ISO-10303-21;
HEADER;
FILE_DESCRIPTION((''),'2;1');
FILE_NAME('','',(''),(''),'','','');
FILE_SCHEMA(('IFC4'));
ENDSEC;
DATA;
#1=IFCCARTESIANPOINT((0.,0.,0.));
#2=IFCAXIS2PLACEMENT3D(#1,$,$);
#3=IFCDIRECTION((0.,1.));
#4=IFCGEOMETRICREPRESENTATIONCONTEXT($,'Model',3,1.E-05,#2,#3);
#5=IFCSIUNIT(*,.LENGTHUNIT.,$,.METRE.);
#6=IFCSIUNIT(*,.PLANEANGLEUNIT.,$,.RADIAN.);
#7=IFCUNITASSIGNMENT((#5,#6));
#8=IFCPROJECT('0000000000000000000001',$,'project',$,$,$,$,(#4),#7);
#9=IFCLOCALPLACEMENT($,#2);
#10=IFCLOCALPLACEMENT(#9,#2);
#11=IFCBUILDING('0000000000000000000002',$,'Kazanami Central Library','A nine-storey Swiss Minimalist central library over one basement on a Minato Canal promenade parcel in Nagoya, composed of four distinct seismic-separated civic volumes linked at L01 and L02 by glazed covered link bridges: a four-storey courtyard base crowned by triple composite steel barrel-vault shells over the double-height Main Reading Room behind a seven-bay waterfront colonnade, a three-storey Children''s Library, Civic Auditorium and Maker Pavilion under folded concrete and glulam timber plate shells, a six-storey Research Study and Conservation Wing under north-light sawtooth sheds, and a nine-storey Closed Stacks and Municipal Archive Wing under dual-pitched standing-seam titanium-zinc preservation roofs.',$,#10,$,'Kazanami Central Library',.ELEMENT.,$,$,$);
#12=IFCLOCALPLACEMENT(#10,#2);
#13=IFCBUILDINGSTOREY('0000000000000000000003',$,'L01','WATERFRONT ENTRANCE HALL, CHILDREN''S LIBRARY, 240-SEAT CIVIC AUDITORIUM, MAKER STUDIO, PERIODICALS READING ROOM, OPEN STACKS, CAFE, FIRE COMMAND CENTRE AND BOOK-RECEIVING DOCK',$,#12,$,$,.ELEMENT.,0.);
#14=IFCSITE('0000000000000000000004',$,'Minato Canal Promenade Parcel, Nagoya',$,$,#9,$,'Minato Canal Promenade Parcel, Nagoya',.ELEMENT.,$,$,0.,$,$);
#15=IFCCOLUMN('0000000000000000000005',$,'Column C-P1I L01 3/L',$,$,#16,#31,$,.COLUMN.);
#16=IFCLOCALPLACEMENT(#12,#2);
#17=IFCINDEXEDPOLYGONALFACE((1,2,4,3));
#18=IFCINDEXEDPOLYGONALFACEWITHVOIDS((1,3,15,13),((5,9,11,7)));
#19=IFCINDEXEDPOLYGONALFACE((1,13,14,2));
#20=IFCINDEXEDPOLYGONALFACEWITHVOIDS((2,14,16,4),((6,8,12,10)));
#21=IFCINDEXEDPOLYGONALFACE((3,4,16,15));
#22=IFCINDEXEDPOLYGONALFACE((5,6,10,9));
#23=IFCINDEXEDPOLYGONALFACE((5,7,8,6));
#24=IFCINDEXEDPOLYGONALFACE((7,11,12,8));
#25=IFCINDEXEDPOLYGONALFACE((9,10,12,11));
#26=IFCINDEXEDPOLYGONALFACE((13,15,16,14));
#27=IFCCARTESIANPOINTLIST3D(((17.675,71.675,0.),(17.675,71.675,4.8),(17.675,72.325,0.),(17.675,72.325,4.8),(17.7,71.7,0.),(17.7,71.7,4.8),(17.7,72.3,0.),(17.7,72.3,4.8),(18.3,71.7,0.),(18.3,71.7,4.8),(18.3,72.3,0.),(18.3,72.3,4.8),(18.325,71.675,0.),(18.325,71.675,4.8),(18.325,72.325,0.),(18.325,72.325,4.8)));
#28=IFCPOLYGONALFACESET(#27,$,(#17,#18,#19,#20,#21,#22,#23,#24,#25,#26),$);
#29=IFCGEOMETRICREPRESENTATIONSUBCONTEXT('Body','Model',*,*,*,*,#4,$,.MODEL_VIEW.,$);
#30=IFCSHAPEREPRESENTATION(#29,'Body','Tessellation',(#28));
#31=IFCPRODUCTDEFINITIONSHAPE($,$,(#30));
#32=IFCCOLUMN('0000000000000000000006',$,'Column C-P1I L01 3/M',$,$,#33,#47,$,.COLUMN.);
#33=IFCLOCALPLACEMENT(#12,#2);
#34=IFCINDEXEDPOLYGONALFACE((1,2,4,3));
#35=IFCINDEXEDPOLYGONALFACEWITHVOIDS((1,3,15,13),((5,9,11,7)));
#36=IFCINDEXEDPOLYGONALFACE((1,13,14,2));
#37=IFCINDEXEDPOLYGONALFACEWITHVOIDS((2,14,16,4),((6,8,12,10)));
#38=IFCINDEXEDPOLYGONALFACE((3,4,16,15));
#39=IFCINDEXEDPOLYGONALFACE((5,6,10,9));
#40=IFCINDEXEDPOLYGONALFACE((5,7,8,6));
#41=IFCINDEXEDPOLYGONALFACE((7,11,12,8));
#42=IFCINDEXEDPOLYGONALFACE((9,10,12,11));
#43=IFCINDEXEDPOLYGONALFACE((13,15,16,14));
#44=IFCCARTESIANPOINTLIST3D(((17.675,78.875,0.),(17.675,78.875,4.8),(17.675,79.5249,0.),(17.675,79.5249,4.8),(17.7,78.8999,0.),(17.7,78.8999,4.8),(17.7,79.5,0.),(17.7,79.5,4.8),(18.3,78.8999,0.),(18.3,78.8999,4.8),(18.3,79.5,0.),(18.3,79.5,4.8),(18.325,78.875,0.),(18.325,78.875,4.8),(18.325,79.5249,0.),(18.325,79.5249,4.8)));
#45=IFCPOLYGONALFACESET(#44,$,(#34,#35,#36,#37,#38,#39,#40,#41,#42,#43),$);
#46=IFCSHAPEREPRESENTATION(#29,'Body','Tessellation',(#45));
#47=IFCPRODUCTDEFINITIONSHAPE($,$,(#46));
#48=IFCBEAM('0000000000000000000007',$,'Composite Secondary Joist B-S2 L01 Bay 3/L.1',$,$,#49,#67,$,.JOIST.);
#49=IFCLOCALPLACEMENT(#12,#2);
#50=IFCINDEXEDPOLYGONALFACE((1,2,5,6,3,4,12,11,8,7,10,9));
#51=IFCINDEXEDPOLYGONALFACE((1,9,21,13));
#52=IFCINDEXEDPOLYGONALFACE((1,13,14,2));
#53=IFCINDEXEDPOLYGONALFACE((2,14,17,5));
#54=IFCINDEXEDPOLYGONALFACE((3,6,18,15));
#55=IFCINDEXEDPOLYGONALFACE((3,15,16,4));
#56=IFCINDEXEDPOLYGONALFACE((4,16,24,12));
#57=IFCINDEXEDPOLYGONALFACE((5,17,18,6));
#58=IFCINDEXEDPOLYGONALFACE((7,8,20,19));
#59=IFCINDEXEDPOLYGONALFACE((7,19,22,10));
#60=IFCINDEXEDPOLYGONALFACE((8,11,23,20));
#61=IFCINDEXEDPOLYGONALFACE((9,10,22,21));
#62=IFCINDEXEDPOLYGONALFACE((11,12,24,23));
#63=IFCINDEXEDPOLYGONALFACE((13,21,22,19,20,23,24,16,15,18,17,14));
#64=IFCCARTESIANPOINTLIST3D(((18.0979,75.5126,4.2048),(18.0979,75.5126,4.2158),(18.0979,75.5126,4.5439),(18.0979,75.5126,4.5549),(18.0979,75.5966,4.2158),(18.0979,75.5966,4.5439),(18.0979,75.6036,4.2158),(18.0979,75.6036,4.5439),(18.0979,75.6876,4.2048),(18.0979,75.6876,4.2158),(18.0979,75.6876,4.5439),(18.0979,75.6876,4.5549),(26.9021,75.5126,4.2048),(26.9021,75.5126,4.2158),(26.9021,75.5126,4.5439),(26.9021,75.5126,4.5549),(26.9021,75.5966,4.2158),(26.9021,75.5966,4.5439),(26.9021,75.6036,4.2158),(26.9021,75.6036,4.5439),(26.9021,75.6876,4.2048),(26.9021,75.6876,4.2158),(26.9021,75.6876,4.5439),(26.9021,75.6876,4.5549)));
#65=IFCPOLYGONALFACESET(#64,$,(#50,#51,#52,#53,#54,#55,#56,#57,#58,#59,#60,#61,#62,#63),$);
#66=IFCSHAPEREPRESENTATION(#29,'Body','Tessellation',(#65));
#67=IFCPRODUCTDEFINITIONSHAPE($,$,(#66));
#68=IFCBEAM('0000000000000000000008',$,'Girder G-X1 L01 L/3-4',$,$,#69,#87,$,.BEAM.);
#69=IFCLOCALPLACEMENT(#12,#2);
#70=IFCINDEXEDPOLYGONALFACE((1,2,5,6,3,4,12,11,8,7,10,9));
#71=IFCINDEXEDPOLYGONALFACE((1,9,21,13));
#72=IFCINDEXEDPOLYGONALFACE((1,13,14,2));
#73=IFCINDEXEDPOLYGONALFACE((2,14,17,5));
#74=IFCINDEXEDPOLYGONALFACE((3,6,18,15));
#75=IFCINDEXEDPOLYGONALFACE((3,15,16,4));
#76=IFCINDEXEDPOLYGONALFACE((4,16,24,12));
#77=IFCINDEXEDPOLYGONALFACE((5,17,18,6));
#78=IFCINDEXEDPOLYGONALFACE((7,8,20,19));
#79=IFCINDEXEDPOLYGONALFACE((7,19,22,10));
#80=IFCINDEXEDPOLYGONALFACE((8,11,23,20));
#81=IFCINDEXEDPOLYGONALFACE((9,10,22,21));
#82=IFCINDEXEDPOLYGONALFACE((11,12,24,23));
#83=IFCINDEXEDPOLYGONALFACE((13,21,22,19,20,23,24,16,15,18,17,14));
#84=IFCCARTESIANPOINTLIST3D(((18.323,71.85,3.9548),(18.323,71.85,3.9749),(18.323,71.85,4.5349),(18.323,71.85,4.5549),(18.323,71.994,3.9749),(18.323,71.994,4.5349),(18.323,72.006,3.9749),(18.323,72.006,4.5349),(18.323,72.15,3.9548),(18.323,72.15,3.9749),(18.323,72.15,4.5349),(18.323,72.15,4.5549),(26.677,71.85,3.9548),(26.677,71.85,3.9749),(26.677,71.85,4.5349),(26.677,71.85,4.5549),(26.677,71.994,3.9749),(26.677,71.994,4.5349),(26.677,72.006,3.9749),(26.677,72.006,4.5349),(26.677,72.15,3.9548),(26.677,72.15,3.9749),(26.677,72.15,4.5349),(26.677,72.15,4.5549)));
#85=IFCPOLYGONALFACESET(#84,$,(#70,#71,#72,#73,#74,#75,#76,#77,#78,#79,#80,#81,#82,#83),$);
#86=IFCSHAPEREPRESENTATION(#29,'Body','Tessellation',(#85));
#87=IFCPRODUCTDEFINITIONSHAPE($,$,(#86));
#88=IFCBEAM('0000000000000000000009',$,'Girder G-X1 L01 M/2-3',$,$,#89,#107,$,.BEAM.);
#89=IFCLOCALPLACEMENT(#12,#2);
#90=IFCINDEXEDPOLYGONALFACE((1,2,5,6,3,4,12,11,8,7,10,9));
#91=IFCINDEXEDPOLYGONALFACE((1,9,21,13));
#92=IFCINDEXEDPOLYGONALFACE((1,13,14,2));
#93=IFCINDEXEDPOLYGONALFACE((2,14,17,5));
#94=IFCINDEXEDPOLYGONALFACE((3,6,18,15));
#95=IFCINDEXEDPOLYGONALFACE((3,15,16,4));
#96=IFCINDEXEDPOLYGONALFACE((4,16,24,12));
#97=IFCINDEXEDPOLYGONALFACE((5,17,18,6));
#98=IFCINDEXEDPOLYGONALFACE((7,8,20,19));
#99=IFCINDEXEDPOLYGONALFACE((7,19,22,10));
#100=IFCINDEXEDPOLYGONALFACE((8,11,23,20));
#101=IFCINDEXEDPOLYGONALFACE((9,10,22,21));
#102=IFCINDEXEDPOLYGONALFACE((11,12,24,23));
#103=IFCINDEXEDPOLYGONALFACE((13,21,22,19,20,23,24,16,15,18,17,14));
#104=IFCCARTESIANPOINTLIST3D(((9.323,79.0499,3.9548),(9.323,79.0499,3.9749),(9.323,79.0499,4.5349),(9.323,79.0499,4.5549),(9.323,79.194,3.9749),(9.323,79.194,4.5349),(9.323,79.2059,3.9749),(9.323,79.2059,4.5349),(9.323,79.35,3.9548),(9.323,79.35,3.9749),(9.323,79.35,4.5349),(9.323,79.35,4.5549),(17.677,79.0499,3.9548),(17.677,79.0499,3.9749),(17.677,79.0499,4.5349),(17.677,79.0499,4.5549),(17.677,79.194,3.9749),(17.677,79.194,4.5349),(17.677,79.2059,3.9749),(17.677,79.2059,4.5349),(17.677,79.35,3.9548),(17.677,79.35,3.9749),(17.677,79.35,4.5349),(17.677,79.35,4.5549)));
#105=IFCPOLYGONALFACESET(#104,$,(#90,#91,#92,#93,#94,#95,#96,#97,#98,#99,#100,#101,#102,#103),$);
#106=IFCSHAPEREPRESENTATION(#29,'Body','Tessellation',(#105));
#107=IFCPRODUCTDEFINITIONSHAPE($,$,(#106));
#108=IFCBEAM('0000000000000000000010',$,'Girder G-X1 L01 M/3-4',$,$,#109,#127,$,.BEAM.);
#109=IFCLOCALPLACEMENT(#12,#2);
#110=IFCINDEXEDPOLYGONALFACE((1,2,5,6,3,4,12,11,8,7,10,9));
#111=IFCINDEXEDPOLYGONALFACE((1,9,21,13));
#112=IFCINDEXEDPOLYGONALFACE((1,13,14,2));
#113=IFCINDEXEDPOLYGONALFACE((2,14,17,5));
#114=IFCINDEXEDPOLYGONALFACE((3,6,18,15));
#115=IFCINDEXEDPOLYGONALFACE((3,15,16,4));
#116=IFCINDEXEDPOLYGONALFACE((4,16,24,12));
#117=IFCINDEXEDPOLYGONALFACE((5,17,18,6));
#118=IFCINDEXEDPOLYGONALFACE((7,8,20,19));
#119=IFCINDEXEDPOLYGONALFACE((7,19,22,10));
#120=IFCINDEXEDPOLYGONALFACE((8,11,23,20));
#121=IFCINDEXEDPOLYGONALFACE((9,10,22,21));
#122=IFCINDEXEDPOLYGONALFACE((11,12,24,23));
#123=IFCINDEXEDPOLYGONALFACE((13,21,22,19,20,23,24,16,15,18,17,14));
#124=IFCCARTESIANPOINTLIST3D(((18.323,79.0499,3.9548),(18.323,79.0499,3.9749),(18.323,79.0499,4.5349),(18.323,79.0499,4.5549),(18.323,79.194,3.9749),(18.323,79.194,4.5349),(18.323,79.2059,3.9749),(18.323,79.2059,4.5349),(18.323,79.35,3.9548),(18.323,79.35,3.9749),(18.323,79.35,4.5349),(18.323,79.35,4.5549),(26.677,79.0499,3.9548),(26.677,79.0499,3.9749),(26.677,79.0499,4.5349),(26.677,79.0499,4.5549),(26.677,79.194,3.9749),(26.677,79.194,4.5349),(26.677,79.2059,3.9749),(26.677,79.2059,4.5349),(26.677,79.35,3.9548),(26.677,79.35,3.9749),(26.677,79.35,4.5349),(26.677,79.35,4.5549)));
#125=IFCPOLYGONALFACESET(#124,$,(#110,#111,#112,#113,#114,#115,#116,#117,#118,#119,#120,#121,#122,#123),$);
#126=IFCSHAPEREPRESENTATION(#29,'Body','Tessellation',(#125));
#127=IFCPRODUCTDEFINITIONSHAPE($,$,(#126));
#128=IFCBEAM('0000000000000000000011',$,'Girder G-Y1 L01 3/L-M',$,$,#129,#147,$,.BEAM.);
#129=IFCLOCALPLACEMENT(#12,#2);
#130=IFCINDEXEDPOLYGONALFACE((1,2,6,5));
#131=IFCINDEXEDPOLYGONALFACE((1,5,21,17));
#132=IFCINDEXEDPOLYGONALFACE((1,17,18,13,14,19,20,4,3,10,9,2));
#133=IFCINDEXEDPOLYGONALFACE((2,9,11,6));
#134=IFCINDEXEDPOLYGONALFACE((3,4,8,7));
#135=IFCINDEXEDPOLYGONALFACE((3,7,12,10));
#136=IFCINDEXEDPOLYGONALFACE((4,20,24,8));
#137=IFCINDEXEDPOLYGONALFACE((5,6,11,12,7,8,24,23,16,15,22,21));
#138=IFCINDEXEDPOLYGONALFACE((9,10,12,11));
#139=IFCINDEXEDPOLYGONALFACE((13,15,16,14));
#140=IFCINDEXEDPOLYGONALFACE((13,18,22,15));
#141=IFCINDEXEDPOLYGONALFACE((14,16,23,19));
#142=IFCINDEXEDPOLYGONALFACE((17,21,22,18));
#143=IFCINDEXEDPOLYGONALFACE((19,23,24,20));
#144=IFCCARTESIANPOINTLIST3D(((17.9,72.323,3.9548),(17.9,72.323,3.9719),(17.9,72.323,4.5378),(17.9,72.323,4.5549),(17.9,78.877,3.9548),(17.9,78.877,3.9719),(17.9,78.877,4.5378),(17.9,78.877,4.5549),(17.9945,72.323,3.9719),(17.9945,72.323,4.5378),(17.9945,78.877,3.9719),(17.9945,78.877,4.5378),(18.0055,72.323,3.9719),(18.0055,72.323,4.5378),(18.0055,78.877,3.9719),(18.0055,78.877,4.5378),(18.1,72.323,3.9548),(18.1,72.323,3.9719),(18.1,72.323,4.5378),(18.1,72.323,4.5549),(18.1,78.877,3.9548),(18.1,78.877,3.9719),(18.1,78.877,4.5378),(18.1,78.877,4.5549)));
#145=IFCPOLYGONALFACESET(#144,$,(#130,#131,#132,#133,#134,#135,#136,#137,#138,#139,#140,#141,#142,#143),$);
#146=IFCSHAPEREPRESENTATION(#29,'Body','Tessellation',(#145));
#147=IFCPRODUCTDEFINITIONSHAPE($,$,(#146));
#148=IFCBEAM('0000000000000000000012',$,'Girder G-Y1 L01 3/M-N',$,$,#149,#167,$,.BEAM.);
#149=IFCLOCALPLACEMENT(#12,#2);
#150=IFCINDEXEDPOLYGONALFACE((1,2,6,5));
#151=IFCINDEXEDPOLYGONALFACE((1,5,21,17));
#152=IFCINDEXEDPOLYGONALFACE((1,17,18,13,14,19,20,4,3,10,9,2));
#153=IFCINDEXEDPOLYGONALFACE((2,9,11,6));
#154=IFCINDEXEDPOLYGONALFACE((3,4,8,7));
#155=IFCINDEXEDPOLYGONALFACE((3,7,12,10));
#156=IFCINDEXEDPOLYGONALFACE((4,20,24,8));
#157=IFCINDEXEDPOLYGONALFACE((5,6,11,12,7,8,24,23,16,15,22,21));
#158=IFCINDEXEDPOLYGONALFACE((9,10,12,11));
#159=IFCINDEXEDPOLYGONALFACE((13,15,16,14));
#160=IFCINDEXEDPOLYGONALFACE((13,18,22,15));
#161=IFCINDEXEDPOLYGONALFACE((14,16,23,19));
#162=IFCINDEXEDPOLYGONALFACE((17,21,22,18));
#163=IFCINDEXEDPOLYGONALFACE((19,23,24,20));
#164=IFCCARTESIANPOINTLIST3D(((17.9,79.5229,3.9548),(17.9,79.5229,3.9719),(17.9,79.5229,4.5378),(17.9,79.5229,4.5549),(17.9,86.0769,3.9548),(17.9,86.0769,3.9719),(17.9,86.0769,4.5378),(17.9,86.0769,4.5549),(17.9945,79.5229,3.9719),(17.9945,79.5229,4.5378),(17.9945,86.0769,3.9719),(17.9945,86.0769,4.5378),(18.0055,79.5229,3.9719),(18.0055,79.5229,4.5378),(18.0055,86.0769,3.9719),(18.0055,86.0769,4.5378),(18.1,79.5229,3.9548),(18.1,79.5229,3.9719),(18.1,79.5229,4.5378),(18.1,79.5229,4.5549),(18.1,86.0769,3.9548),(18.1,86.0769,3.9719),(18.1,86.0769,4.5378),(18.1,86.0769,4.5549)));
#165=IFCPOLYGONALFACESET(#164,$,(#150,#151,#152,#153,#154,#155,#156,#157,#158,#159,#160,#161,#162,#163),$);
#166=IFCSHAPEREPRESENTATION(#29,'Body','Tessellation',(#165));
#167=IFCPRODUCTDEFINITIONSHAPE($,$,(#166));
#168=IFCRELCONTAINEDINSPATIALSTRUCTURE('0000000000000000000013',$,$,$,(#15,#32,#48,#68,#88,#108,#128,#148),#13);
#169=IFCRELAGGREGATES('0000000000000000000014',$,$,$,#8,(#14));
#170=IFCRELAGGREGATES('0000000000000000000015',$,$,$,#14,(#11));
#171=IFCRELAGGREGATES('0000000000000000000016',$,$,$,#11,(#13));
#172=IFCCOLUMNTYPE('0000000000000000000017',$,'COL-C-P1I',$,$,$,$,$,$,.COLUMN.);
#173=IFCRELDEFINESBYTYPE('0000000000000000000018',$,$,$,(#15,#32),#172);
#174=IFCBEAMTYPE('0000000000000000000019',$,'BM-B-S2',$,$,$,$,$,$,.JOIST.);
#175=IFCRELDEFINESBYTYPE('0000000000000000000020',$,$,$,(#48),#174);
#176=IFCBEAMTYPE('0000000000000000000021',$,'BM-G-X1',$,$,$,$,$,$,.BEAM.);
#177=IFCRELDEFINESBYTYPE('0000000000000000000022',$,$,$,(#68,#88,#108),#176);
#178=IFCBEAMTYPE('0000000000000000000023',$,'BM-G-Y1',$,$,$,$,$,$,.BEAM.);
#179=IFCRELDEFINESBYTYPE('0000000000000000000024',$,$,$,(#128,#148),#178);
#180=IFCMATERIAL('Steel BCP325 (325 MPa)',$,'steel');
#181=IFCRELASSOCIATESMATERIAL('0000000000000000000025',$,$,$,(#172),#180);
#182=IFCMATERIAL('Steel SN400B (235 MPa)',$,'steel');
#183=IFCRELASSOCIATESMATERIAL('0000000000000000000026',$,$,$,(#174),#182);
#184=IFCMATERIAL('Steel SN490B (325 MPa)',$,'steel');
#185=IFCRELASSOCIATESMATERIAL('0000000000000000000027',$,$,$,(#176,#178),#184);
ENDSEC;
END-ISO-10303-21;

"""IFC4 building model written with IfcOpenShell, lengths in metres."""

from ifc_helpers import new_model, si_unit, direction, frame, origin, origin_2d, place, context, subcontext, project, spatial, hollow_rectangle, i_section, extrude, material, material_profile, profile_set, type_object, element, save


model = new_model("IFC4")

# Units and contexts
model_context = context("Model", 3, precision=1e-05, world=origin(), true_north=direction((0.0, 1.0)))
body_context = subcontext(model_context, "Body", "Model", "MODEL_VIEW")
ifc_project = project(units=[si_unit("LENGTHUNIT", "METRE"), si_unit("PLANEANGLEUNIT", "RADIAN")], contexts=[model_context])

# Site, building, storey
site_placement = place(None, origin())
site = spatial("IfcSite", under=ifc_project, at=site_placement, Name="Minato Canal Promenade Parcel, Nagoya", LongName="Minato Canal Promenade Parcel, Nagoya", CompositionType="ELEMENT", RefElevation=0.0)
building_placement = place(site_placement, origin())
building = spatial("IfcBuilding", under=site, at=building_placement, Name="Kazanami Central Library", Description="A nine-storey Swiss Minimalist central library over one basement on a Minato Canal promenade parcel in Nagoya, composed of four distinct seismic-separated civic volumes linked at L01 and L02 by glazed covered link bridges: a four-storey courtyard base crowned by triple composite steel barrel-vault shells over the double-height Main Reading Room behind a seven-bay waterfront colonnade, a three-storey Children's Library, Civic Auditorium and Maker Pavilion under folded concrete and glulam timber plate shells, a six-storey Research Study and Conservation Wing under north-light sawtooth sheds, and a nine-storey Closed Stacks and Municipal Archive Wing under dual-pitched standing-seam titanium-zinc preservation roofs.", LongName="Kazanami Central Library", CompositionType="ELEMENT")
storey_placement = place(building_placement, origin())
storey = spatial("IfcBuildingStorey", under=building, at=storey_placement, Name="L01", Description="WATERFRONT ENTRANCE HALL, CHILDREN'S LIBRARY, 240-SEAT CIVIC AUDITORIUM, MAKER STUDIO, PERIODICALS READING ROOM, OPEN STACKS, CAFE, FIRE COMMAND CENTRE AND BOOK-RECEIVING DOCK", CompositionType="ELEMENT", Elevation=0.0)

# Columns
ifc_material_1 = material(Name="Steel BCP325 (325 MPa)", Category="steel")
ifc_material_profile_1 = material_profile(ifc_material_1, hollow_rectangle(XDim=0.6499, YDim=0.6499, WallThickness=0.0249, at=origin_2d()), Name="BCP-650x650x25")
ifc_profile_set_1 = profile_set([ifc_material_profile_1], Name="Steel BCP325 (325 MPa)")
column_type = type_object("IfcColumnType", Name="COL-C-P1I", PredefinedType="COLUMN", material=ifc_profile_set_1)
for number, where, z_axis, x_axis, name in (
    (1, (18.0, 72.0, 0.0), (0.0, 0.0, 1.0), (1.0, 0.0, 0.0), "Column C-P1I L01 3/L"),
    (2, (18.0, 79.2, 0.0), (0.0, 0.0, 1.0), (1.0, 0.0, 0.0), "Column C-P1I L01 3/M"),
):
    element("IfcColumn", number, at=place(storey_placement, frame(where, z_axis=z_axis, x_axis=x_axis)), inside=storey, type_object=column_type, Name=name, PredefinedType="COLUMN", context=body_context, shape_type="SweptSolid", body=[
        extrude(hollow_rectangle(XDim=0.6499, YDim=0.6499, WallThickness=0.0249, at=origin_2d()), origin(), (0.0, 0.0, 1.0), 4.8),
    ])

# Beams
ifc_material_2 = material(Name="Steel SN400B (235 MPa)", Category="steel")
ifc_material_profile_2 = material_profile(ifc_material_2, i_section(OverallWidth=0.175, OverallDepth=0.3501, WebThickness=0.0071, FlangeThickness=0.011, at=origin_2d()), Name="H-350x175x7x11")
ifc_profile_set_2 = profile_set([ifc_material_profile_2], Name="Steel SN400B (235 MPa)")
beam_type_1 = type_object("IfcBeamType", Name="BM-B-S2", PredefinedType="JOIST", material=ifc_profile_set_2)
beam_placement = place(storey_placement, frame((18.0979, 75.6001, 4.3799), z_axis=(1.0, 0.0, 0.0), x_axis=(0.0, 1.0, 0.0)))
element("IfcBeam", 3, at=beam_placement, inside=storey, type_object=beam_type_1, Name="Composite Secondary Joist B-S2 L01 Bay 3/L.1", PredefinedType="JOIST", context=body_context, shape_type="SweptSolid", body=[
    extrude(i_section(OverallWidth=0.175, OverallDepth=0.3501, WebThickness=0.0071, FlangeThickness=0.011, at=origin_2d()), origin(), (0.0, 0.0, 1.0), 8.8042),
])
ifc_material_3 = material(Name="Steel SN490B (325 MPa)", Category="steel")
ifc_material_profile_3 = material_profile(ifc_material_3, i_section(OverallWidth=0.3, OverallDepth=0.6001, WebThickness=0.012, FlangeThickness=0.02, at=origin_2d()), Name="H-600x300x12x20")
ifc_profile_set_3 = profile_set([ifc_material_profile_3], Name="Steel SN490B (325 MPa)")
beam_type_2 = type_object("IfcBeamType", Name="BM-G-X1", PredefinedType="BEAM", material=ifc_profile_set_3)
for number, where, z_axis, x_axis, name in (
    (4, (18.323, 72.0, 4.2549), (1.0, 0.0, 0.0), (0.0, 1.0, 0.0), "Girder G-X1 L01 L/3-4"),
    (5, (9.323, 79.2, 4.2549), (1.0, 0.0, 0.0), (0.0, 1.0, 0.0), "Girder G-X1 L01 M/2-3"),
    (6, (18.323, 79.2, 4.2549), (1.0, 0.0, 0.0), (0.0, 1.0, 0.0), "Girder G-X1 L01 M/3-4"),
):
    element("IfcBeam", number, at=place(storey_placement, frame(where, z_axis=z_axis, x_axis=x_axis)), inside=storey, type_object=beam_type_2, Name=name, PredefinedType="BEAM", context=body_context, shape_type="SweptSolid", body=[
        extrude(i_section(OverallWidth=0.3, OverallDepth=0.6001, WebThickness=0.012, FlangeThickness=0.02, at=origin_2d()), origin(), (0.0, 0.0, 1.0), 8.354),
    ])
ifc_material_profile_4 = material_profile(ifc_material_3, i_section(OverallWidth=0.2, OverallDepth=0.6001, WebThickness=0.011, FlangeThickness=0.0171, at=origin_2d()), Name="H-600x200x11x17")
ifc_profile_set_4 = profile_set([ifc_material_profile_4], Name="Steel SN490B (325 MPa)")
beam_type_3 = type_object("IfcBeamType", Name="BM-G-Y1", PredefinedType="BEAM", material=ifc_profile_set_4)
for number, where, z_axis, x_axis, name in (
    (7, (18.0, 72.323, 4.2549), (0.0, 1.0, 0.0), (-1.0, 0.0, 0.0), "Girder G-Y1 L01 3/L-M"),
    (8, (18.0, 79.5229, 4.2549), (0.0, 1.0, 0.0), (-1.0, 0.0, 0.0), "Girder G-Y1 L01 3/M-N"),
):
    element("IfcBeam", number, at=place(storey_placement, frame(where, z_axis=z_axis, x_axis=x_axis)), inside=storey, type_object=beam_type_3, Name=name, PredefinedType="BEAM", context=body_context, shape_type="SweptSolid", body=[
        extrude(i_section(OverallWidth=0.2, OverallDepth=0.6001, WebThickness=0.011, FlangeThickness=0.0171, at=origin_2d()), origin(), (0.0, 0.0, 1.0), 6.554),
    ])

save(model, "model.ifc")
